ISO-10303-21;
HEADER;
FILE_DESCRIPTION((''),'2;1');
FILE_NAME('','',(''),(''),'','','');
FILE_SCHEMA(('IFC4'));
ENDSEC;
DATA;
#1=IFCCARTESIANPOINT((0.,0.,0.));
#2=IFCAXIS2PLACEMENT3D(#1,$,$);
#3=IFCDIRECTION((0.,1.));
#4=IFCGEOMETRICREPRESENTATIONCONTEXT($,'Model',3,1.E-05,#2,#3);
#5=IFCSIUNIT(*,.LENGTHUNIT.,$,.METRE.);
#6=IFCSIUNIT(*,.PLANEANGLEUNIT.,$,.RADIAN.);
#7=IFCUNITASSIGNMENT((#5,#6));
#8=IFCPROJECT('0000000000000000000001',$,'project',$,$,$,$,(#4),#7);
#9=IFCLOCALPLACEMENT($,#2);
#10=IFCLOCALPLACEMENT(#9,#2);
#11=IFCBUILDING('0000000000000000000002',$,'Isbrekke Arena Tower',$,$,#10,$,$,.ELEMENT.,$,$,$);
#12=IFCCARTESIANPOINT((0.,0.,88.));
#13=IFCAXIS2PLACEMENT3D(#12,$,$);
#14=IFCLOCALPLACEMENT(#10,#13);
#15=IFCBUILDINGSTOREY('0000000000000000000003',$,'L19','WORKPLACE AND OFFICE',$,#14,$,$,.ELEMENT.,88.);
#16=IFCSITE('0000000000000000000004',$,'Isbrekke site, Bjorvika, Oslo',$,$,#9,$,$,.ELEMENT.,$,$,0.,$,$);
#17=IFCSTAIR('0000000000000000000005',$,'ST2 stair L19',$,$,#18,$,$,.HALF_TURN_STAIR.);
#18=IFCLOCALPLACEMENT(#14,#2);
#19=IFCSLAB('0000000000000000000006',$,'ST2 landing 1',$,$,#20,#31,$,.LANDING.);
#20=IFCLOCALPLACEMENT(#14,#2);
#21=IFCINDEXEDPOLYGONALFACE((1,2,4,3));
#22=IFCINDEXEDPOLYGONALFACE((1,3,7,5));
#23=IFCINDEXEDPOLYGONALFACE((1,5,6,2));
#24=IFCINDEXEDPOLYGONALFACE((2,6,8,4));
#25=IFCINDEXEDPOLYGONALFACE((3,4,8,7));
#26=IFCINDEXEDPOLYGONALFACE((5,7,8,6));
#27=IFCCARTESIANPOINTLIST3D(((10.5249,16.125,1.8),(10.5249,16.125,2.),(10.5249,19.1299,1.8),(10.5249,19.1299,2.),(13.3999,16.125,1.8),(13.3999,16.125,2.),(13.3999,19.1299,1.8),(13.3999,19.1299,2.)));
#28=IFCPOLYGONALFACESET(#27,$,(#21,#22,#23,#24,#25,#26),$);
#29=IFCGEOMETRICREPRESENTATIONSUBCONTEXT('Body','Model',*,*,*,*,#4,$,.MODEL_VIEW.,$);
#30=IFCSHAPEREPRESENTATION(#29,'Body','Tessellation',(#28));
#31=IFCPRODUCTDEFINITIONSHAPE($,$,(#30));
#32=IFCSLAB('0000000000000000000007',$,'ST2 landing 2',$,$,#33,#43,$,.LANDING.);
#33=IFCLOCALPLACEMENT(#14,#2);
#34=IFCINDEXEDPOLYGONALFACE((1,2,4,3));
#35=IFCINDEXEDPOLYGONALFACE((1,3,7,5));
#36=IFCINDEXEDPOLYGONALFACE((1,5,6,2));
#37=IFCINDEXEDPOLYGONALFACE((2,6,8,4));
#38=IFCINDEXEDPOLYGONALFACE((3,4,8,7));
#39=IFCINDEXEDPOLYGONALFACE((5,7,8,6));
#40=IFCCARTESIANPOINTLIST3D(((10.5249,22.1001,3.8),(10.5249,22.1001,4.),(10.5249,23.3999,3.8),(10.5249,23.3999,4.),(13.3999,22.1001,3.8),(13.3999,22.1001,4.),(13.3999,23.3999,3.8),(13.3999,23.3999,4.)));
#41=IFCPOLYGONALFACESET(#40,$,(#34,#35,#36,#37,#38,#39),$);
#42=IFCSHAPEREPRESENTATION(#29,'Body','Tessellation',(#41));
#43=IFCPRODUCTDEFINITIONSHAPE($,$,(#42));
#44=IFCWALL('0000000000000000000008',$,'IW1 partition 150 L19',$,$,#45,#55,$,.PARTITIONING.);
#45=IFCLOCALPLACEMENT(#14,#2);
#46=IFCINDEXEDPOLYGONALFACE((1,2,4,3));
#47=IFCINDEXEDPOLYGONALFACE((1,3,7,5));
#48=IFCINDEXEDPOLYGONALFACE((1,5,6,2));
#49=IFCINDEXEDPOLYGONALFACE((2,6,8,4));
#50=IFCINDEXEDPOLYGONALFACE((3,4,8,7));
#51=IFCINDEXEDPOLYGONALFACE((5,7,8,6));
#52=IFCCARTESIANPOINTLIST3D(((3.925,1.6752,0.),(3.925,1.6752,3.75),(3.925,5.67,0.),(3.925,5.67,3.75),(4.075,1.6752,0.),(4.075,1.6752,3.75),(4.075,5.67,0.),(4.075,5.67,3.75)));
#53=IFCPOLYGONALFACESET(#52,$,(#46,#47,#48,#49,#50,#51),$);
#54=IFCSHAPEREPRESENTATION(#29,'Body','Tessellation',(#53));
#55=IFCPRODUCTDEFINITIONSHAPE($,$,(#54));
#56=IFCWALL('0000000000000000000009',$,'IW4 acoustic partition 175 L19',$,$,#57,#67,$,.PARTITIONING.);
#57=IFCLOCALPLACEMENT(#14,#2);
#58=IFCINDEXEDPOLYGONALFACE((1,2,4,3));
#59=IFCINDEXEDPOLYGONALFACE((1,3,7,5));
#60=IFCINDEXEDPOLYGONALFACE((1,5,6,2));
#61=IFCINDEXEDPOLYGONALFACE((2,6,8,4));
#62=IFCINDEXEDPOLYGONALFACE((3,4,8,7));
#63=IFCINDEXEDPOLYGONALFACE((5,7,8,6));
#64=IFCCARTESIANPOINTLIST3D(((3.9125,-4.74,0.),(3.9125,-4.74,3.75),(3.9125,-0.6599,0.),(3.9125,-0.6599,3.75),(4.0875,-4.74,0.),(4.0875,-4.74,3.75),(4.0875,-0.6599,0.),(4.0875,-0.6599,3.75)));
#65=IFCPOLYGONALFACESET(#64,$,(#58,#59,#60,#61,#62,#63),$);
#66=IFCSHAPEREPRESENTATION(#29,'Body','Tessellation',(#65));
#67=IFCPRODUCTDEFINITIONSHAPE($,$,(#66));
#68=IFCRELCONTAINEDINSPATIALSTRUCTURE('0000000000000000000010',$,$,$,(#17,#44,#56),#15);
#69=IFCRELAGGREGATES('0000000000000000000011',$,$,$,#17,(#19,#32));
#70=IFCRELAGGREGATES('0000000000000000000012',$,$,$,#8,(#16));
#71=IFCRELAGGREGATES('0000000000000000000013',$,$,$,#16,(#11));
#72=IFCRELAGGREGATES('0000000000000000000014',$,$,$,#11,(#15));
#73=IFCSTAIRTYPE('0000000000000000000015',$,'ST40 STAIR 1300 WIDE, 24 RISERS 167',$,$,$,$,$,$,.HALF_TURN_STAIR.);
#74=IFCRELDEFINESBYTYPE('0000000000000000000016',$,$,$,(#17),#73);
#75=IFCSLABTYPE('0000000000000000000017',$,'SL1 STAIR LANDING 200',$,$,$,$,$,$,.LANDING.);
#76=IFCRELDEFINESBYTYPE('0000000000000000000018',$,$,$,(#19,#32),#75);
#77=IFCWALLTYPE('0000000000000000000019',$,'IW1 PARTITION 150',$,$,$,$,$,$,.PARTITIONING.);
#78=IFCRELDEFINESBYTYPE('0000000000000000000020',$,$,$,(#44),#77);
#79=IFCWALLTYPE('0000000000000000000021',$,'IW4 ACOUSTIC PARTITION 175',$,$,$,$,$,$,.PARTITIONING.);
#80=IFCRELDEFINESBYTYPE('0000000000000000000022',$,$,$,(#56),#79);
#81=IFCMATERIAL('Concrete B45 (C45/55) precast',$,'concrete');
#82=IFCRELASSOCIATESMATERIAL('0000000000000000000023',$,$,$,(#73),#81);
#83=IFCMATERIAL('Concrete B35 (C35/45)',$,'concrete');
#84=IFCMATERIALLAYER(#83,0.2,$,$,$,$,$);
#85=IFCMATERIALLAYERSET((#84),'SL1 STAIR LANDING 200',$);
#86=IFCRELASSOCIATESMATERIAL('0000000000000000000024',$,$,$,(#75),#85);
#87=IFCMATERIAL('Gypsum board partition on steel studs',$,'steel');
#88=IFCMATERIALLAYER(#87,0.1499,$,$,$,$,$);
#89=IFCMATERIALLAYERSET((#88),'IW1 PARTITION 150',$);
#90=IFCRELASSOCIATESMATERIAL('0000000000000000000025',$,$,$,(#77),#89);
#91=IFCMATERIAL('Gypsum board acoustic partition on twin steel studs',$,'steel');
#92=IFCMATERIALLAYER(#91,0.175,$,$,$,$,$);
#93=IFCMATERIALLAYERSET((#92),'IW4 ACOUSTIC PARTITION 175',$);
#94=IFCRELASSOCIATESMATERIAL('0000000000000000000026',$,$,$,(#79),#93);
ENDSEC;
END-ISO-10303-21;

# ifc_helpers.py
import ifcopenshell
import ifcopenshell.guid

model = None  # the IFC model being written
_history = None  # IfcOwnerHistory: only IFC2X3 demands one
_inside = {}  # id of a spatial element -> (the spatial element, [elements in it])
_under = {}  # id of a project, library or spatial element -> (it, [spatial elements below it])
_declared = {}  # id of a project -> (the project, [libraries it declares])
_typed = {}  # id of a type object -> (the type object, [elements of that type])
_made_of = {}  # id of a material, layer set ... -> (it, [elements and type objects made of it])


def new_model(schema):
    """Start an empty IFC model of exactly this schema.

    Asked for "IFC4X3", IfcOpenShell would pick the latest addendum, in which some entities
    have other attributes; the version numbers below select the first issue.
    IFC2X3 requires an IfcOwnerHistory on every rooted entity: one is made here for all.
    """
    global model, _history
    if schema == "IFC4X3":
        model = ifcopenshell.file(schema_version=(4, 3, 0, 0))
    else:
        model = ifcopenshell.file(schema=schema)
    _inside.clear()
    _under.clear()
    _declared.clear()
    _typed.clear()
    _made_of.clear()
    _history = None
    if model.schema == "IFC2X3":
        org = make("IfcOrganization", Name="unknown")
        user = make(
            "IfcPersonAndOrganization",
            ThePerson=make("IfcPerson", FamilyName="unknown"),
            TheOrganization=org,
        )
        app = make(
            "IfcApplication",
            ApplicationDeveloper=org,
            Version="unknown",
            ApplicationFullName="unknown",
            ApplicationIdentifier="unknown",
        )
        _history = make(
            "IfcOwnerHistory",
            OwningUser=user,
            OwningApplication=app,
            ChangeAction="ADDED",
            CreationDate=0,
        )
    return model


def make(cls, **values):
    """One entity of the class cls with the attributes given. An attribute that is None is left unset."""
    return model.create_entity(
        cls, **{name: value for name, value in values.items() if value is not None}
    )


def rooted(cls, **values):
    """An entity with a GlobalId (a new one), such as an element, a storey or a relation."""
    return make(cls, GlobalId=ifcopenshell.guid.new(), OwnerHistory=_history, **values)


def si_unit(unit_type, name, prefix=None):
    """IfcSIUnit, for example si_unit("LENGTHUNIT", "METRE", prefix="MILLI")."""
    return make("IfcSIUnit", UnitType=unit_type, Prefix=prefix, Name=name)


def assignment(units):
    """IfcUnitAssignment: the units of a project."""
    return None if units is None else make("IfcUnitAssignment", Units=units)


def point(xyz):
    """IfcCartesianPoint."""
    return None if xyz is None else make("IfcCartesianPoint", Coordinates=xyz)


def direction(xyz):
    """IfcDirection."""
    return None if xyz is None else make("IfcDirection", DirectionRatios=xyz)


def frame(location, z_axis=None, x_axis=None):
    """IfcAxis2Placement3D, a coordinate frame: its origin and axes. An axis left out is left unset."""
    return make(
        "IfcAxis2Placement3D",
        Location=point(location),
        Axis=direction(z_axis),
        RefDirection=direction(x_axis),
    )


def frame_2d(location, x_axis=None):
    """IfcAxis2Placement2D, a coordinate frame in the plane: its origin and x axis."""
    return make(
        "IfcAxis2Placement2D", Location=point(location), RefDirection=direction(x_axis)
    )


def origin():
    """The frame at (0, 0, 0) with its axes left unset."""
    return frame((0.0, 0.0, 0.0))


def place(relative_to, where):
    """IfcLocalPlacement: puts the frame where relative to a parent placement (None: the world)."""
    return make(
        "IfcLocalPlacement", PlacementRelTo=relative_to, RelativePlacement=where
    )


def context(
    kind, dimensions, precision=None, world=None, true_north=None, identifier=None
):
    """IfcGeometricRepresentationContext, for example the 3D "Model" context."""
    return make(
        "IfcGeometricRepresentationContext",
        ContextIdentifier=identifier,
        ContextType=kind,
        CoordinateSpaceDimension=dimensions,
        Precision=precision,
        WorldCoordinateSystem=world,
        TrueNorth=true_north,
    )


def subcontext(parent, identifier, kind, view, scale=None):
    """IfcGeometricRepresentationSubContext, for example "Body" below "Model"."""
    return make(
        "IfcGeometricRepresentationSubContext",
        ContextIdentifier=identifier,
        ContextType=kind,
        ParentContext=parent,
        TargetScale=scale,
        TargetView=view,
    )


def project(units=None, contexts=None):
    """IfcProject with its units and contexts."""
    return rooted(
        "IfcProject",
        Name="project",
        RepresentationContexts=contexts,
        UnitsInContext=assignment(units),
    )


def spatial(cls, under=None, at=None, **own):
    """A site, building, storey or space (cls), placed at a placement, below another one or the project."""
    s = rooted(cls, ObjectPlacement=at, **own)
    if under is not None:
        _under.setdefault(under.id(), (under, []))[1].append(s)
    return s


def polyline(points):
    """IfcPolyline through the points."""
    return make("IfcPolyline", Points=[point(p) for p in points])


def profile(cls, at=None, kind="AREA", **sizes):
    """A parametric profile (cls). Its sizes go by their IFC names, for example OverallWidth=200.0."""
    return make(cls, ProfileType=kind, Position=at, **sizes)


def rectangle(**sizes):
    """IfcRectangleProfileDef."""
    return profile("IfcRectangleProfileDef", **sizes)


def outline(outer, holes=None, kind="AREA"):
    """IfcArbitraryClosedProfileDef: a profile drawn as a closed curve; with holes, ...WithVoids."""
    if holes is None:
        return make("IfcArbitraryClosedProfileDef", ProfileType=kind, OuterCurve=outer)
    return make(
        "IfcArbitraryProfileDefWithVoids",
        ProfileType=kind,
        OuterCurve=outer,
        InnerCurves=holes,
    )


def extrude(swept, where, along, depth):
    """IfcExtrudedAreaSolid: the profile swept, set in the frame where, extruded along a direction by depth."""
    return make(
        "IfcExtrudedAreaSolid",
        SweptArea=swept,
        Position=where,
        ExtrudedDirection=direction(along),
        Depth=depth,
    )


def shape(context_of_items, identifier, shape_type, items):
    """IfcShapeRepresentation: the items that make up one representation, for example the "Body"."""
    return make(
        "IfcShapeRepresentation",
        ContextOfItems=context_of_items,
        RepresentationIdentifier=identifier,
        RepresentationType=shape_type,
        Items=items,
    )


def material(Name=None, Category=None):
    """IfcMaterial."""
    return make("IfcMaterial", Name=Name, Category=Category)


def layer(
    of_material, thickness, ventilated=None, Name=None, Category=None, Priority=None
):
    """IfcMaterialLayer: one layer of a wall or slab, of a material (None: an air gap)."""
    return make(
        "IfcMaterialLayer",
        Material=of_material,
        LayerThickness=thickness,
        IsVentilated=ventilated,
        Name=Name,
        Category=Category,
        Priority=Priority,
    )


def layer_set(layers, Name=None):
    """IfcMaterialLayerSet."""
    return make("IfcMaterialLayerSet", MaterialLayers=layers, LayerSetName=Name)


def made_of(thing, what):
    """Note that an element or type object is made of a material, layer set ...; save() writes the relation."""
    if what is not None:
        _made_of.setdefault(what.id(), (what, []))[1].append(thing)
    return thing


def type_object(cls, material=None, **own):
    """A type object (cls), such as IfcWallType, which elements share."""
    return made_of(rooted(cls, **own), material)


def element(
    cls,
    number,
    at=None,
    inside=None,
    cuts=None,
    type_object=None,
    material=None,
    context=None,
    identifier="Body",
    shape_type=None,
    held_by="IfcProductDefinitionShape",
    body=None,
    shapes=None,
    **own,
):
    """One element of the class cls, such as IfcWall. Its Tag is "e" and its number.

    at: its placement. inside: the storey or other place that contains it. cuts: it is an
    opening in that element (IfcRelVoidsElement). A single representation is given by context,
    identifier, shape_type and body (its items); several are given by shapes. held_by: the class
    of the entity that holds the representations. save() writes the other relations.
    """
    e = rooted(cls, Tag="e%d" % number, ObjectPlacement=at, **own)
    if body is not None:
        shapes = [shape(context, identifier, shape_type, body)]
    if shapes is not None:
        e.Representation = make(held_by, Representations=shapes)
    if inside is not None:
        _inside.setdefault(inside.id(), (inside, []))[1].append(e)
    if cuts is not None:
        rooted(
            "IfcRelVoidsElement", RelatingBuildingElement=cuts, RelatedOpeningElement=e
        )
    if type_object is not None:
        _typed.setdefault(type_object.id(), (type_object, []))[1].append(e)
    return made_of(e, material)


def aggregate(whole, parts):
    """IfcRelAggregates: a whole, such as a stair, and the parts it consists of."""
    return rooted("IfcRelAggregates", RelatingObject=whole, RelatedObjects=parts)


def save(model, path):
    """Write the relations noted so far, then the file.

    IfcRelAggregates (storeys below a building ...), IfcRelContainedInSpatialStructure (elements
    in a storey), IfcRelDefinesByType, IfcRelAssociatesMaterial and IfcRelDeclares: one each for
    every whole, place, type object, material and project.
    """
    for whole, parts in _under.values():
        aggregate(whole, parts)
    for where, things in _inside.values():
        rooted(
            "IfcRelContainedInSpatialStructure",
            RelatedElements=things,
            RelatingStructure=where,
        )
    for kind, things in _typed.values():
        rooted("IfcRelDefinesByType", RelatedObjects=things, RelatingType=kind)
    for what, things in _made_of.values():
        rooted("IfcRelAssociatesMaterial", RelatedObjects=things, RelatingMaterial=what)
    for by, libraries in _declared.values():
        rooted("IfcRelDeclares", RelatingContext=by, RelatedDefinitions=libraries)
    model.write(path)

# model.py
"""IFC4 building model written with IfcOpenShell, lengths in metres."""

from ifc_helpers import new_model, si_unit, direction, frame, frame_2d, origin, place, context, subcontext, project, spatial, polyline, rectangle, outline, extrude, material, layer, layer_set, type_object, element, aggregate, save


model = new_model("IFC4")

# Units and contexts
model_context = context("Model", 3, precision=1e-05, world=origin(), true_north=direction((0.0, 1.0)))
body_context = subcontext(model_context, "Body", "Model", "MODEL_VIEW")
ifc_project = project(units=[si_unit("LENGTHUNIT", "METRE"), si_unit("PLANEANGLEUNIT", "RADIAN")], contexts=[model_context])

# Site, building, storey
site_placement = place(None, origin())
site = spatial("IfcSite", under=ifc_project, at=site_placement, Name="Isbrekke site, Bjorvika, Oslo", CompositionType="ELEMENT", RefElevation=0.0)
building_placement = place(site_placement, origin())
building = spatial("IfcBuilding", under=site, at=building_placement, Name="Isbrekke Arena Tower", CompositionType="ELEMENT")
storey_placement = place(building_placement, frame((0.0, 0.0, 88.0)))
storey = spatial("IfcBuildingStorey", under=building, at=storey_placement, Name="L19", Description="WORKPLACE AND OFFICE", CompositionType="ELEMENT", Elevation=88.0)

# Stair, slabs
ifc_material_1 = material(Name="Concrete B45 (C45/55) precast", Category="concrete")
stair_type = type_object("IfcStairType", Name="ST40 STAIR 1300 WIDE, 24 RISERS 167", PredefinedType="HALF_TURN_STAIR", material=ifc_material_1)
ifc_material_2 = material(Name="Concrete B35 (C35/45)", Category="concrete")
ifc_layer_1 = layer(ifc_material_2, 0.2)
ifc_layer_set_1 = layer_set([ifc_layer_1], Name="SL1 STAIR LANDING 200")
slab_type_1 = type_object("IfcSlabType", Name="SL1 STAIR LANDING 200", PredefinedType="LANDING", material=ifc_layer_set_1)
stair_1_placement = place(storey_placement, origin())
stair_1 = element("IfcStair", 1, at=stair_1_placement, inside=storey, type_object=stair_type, Name="ST2 stair L19", PredefinedType="HALF_TURN_STAIR")
slab_1_placement = place(storey_placement, frame((0.0, 0.0, 1.8)))
slab_1 = element("IfcSlab", 2, at=slab_1_placement, type_object=slab_type_1, Name="ST2 landing 1", PredefinedType="LANDING", context=body_context, shape_type="SweptSolid", body=[
    extrude(outline(polyline([(10.5249, 16.125), (13.3999, 16.125), (13.3999, 19.1299), (10.5249, 19.1299), (10.5249, 16.125)])), origin(), (0.0, 0.0, 1.0), 0.2),
])
slab_2_placement = place(storey_placement, frame((0.0, 0.0, 3.8)))
slab_2 = element("IfcSlab", 3, at=slab_2_placement, type_object=slab_type_1, Name="ST2 landing 2", PredefinedType="LANDING", context=body_context, shape_type="SweptSolid", body=[
    extrude(outline(polyline([(10.5249, 22.1001), (13.3999, 22.1001), (13.3999, 23.3999), (10.5249, 23.3999), (10.5249, 22.1001)])), origin(), (0.0, 0.0, 1.0), 0.2),
])
aggregate(stair_1, [slab_1, slab_2])

# Walls
ifc_material_3 = material(Name="Gypsum board partition on steel studs", Category="steel")
ifc_layer_2 = layer(ifc_material_3, 0.1499)
ifc_layer_set_2 = layer_set([ifc_layer_2], Name="IW1 PARTITION 150")
wall_type_1 = type_object("IfcWallType", Name="IW1 PARTITION 150", PredefinedType="PARTITIONING", material=ifc_layer_set_2)
wall_1_placement = place(storey_placement, frame((4.0, 1.675, 0.0), z_axis=(0.0, 0.0, 1.0), x_axis=(0.0, 1.0, 0.0)))
element("IfcWall", 4, at=wall_1_placement, inside=storey, type_object=wall_type_1, Name="IW1 partition 150 L19", PredefinedType="PARTITIONING", context=body_context, shape_type="SweptSolid", body=[
    extrude(rectangle(XDim=3.9949, YDim=0.1499, at=frame_2d((1.9976, 0.0))), origin(), (0.0, 0.0, 1.0), 3.75),
])
ifc_material_4 = material(Name="Gypsum board acoustic partition on twin steel studs", Category="steel")
ifc_layer_3 = layer(ifc_material_4, 0.175)
ifc_layer_set_3 = layer_set([ifc_layer_3], Name="IW4 ACOUSTIC PARTITION 175")
wall_type_2 = type_object("IfcWallType", Name="IW4 ACOUSTIC PARTITION 175", PredefinedType="PARTITIONING", material=ifc_layer_set_3)
wall_2_placement = place(storey_placement, frame((4.0, -4.74, 0.0), z_axis=(0.0, 0.0, 1.0), x_axis=(0.0, 1.0, 0.0)))
element("IfcWall", 5, at=wall_2_placement, inside=storey, type_object=wall_type_2, Name="IW4 acoustic partition 175 L19", PredefinedType="PARTITIONING", context=body_context, shape_type="SweptSolid", body=[
    extrude(rectangle(XDim=4.0801, YDim=0.175, at=frame_2d((2.04, 0.0))), origin(), (0.0, 0.0, 1.0), 3.75),
])

save(model, "model.ifc")
